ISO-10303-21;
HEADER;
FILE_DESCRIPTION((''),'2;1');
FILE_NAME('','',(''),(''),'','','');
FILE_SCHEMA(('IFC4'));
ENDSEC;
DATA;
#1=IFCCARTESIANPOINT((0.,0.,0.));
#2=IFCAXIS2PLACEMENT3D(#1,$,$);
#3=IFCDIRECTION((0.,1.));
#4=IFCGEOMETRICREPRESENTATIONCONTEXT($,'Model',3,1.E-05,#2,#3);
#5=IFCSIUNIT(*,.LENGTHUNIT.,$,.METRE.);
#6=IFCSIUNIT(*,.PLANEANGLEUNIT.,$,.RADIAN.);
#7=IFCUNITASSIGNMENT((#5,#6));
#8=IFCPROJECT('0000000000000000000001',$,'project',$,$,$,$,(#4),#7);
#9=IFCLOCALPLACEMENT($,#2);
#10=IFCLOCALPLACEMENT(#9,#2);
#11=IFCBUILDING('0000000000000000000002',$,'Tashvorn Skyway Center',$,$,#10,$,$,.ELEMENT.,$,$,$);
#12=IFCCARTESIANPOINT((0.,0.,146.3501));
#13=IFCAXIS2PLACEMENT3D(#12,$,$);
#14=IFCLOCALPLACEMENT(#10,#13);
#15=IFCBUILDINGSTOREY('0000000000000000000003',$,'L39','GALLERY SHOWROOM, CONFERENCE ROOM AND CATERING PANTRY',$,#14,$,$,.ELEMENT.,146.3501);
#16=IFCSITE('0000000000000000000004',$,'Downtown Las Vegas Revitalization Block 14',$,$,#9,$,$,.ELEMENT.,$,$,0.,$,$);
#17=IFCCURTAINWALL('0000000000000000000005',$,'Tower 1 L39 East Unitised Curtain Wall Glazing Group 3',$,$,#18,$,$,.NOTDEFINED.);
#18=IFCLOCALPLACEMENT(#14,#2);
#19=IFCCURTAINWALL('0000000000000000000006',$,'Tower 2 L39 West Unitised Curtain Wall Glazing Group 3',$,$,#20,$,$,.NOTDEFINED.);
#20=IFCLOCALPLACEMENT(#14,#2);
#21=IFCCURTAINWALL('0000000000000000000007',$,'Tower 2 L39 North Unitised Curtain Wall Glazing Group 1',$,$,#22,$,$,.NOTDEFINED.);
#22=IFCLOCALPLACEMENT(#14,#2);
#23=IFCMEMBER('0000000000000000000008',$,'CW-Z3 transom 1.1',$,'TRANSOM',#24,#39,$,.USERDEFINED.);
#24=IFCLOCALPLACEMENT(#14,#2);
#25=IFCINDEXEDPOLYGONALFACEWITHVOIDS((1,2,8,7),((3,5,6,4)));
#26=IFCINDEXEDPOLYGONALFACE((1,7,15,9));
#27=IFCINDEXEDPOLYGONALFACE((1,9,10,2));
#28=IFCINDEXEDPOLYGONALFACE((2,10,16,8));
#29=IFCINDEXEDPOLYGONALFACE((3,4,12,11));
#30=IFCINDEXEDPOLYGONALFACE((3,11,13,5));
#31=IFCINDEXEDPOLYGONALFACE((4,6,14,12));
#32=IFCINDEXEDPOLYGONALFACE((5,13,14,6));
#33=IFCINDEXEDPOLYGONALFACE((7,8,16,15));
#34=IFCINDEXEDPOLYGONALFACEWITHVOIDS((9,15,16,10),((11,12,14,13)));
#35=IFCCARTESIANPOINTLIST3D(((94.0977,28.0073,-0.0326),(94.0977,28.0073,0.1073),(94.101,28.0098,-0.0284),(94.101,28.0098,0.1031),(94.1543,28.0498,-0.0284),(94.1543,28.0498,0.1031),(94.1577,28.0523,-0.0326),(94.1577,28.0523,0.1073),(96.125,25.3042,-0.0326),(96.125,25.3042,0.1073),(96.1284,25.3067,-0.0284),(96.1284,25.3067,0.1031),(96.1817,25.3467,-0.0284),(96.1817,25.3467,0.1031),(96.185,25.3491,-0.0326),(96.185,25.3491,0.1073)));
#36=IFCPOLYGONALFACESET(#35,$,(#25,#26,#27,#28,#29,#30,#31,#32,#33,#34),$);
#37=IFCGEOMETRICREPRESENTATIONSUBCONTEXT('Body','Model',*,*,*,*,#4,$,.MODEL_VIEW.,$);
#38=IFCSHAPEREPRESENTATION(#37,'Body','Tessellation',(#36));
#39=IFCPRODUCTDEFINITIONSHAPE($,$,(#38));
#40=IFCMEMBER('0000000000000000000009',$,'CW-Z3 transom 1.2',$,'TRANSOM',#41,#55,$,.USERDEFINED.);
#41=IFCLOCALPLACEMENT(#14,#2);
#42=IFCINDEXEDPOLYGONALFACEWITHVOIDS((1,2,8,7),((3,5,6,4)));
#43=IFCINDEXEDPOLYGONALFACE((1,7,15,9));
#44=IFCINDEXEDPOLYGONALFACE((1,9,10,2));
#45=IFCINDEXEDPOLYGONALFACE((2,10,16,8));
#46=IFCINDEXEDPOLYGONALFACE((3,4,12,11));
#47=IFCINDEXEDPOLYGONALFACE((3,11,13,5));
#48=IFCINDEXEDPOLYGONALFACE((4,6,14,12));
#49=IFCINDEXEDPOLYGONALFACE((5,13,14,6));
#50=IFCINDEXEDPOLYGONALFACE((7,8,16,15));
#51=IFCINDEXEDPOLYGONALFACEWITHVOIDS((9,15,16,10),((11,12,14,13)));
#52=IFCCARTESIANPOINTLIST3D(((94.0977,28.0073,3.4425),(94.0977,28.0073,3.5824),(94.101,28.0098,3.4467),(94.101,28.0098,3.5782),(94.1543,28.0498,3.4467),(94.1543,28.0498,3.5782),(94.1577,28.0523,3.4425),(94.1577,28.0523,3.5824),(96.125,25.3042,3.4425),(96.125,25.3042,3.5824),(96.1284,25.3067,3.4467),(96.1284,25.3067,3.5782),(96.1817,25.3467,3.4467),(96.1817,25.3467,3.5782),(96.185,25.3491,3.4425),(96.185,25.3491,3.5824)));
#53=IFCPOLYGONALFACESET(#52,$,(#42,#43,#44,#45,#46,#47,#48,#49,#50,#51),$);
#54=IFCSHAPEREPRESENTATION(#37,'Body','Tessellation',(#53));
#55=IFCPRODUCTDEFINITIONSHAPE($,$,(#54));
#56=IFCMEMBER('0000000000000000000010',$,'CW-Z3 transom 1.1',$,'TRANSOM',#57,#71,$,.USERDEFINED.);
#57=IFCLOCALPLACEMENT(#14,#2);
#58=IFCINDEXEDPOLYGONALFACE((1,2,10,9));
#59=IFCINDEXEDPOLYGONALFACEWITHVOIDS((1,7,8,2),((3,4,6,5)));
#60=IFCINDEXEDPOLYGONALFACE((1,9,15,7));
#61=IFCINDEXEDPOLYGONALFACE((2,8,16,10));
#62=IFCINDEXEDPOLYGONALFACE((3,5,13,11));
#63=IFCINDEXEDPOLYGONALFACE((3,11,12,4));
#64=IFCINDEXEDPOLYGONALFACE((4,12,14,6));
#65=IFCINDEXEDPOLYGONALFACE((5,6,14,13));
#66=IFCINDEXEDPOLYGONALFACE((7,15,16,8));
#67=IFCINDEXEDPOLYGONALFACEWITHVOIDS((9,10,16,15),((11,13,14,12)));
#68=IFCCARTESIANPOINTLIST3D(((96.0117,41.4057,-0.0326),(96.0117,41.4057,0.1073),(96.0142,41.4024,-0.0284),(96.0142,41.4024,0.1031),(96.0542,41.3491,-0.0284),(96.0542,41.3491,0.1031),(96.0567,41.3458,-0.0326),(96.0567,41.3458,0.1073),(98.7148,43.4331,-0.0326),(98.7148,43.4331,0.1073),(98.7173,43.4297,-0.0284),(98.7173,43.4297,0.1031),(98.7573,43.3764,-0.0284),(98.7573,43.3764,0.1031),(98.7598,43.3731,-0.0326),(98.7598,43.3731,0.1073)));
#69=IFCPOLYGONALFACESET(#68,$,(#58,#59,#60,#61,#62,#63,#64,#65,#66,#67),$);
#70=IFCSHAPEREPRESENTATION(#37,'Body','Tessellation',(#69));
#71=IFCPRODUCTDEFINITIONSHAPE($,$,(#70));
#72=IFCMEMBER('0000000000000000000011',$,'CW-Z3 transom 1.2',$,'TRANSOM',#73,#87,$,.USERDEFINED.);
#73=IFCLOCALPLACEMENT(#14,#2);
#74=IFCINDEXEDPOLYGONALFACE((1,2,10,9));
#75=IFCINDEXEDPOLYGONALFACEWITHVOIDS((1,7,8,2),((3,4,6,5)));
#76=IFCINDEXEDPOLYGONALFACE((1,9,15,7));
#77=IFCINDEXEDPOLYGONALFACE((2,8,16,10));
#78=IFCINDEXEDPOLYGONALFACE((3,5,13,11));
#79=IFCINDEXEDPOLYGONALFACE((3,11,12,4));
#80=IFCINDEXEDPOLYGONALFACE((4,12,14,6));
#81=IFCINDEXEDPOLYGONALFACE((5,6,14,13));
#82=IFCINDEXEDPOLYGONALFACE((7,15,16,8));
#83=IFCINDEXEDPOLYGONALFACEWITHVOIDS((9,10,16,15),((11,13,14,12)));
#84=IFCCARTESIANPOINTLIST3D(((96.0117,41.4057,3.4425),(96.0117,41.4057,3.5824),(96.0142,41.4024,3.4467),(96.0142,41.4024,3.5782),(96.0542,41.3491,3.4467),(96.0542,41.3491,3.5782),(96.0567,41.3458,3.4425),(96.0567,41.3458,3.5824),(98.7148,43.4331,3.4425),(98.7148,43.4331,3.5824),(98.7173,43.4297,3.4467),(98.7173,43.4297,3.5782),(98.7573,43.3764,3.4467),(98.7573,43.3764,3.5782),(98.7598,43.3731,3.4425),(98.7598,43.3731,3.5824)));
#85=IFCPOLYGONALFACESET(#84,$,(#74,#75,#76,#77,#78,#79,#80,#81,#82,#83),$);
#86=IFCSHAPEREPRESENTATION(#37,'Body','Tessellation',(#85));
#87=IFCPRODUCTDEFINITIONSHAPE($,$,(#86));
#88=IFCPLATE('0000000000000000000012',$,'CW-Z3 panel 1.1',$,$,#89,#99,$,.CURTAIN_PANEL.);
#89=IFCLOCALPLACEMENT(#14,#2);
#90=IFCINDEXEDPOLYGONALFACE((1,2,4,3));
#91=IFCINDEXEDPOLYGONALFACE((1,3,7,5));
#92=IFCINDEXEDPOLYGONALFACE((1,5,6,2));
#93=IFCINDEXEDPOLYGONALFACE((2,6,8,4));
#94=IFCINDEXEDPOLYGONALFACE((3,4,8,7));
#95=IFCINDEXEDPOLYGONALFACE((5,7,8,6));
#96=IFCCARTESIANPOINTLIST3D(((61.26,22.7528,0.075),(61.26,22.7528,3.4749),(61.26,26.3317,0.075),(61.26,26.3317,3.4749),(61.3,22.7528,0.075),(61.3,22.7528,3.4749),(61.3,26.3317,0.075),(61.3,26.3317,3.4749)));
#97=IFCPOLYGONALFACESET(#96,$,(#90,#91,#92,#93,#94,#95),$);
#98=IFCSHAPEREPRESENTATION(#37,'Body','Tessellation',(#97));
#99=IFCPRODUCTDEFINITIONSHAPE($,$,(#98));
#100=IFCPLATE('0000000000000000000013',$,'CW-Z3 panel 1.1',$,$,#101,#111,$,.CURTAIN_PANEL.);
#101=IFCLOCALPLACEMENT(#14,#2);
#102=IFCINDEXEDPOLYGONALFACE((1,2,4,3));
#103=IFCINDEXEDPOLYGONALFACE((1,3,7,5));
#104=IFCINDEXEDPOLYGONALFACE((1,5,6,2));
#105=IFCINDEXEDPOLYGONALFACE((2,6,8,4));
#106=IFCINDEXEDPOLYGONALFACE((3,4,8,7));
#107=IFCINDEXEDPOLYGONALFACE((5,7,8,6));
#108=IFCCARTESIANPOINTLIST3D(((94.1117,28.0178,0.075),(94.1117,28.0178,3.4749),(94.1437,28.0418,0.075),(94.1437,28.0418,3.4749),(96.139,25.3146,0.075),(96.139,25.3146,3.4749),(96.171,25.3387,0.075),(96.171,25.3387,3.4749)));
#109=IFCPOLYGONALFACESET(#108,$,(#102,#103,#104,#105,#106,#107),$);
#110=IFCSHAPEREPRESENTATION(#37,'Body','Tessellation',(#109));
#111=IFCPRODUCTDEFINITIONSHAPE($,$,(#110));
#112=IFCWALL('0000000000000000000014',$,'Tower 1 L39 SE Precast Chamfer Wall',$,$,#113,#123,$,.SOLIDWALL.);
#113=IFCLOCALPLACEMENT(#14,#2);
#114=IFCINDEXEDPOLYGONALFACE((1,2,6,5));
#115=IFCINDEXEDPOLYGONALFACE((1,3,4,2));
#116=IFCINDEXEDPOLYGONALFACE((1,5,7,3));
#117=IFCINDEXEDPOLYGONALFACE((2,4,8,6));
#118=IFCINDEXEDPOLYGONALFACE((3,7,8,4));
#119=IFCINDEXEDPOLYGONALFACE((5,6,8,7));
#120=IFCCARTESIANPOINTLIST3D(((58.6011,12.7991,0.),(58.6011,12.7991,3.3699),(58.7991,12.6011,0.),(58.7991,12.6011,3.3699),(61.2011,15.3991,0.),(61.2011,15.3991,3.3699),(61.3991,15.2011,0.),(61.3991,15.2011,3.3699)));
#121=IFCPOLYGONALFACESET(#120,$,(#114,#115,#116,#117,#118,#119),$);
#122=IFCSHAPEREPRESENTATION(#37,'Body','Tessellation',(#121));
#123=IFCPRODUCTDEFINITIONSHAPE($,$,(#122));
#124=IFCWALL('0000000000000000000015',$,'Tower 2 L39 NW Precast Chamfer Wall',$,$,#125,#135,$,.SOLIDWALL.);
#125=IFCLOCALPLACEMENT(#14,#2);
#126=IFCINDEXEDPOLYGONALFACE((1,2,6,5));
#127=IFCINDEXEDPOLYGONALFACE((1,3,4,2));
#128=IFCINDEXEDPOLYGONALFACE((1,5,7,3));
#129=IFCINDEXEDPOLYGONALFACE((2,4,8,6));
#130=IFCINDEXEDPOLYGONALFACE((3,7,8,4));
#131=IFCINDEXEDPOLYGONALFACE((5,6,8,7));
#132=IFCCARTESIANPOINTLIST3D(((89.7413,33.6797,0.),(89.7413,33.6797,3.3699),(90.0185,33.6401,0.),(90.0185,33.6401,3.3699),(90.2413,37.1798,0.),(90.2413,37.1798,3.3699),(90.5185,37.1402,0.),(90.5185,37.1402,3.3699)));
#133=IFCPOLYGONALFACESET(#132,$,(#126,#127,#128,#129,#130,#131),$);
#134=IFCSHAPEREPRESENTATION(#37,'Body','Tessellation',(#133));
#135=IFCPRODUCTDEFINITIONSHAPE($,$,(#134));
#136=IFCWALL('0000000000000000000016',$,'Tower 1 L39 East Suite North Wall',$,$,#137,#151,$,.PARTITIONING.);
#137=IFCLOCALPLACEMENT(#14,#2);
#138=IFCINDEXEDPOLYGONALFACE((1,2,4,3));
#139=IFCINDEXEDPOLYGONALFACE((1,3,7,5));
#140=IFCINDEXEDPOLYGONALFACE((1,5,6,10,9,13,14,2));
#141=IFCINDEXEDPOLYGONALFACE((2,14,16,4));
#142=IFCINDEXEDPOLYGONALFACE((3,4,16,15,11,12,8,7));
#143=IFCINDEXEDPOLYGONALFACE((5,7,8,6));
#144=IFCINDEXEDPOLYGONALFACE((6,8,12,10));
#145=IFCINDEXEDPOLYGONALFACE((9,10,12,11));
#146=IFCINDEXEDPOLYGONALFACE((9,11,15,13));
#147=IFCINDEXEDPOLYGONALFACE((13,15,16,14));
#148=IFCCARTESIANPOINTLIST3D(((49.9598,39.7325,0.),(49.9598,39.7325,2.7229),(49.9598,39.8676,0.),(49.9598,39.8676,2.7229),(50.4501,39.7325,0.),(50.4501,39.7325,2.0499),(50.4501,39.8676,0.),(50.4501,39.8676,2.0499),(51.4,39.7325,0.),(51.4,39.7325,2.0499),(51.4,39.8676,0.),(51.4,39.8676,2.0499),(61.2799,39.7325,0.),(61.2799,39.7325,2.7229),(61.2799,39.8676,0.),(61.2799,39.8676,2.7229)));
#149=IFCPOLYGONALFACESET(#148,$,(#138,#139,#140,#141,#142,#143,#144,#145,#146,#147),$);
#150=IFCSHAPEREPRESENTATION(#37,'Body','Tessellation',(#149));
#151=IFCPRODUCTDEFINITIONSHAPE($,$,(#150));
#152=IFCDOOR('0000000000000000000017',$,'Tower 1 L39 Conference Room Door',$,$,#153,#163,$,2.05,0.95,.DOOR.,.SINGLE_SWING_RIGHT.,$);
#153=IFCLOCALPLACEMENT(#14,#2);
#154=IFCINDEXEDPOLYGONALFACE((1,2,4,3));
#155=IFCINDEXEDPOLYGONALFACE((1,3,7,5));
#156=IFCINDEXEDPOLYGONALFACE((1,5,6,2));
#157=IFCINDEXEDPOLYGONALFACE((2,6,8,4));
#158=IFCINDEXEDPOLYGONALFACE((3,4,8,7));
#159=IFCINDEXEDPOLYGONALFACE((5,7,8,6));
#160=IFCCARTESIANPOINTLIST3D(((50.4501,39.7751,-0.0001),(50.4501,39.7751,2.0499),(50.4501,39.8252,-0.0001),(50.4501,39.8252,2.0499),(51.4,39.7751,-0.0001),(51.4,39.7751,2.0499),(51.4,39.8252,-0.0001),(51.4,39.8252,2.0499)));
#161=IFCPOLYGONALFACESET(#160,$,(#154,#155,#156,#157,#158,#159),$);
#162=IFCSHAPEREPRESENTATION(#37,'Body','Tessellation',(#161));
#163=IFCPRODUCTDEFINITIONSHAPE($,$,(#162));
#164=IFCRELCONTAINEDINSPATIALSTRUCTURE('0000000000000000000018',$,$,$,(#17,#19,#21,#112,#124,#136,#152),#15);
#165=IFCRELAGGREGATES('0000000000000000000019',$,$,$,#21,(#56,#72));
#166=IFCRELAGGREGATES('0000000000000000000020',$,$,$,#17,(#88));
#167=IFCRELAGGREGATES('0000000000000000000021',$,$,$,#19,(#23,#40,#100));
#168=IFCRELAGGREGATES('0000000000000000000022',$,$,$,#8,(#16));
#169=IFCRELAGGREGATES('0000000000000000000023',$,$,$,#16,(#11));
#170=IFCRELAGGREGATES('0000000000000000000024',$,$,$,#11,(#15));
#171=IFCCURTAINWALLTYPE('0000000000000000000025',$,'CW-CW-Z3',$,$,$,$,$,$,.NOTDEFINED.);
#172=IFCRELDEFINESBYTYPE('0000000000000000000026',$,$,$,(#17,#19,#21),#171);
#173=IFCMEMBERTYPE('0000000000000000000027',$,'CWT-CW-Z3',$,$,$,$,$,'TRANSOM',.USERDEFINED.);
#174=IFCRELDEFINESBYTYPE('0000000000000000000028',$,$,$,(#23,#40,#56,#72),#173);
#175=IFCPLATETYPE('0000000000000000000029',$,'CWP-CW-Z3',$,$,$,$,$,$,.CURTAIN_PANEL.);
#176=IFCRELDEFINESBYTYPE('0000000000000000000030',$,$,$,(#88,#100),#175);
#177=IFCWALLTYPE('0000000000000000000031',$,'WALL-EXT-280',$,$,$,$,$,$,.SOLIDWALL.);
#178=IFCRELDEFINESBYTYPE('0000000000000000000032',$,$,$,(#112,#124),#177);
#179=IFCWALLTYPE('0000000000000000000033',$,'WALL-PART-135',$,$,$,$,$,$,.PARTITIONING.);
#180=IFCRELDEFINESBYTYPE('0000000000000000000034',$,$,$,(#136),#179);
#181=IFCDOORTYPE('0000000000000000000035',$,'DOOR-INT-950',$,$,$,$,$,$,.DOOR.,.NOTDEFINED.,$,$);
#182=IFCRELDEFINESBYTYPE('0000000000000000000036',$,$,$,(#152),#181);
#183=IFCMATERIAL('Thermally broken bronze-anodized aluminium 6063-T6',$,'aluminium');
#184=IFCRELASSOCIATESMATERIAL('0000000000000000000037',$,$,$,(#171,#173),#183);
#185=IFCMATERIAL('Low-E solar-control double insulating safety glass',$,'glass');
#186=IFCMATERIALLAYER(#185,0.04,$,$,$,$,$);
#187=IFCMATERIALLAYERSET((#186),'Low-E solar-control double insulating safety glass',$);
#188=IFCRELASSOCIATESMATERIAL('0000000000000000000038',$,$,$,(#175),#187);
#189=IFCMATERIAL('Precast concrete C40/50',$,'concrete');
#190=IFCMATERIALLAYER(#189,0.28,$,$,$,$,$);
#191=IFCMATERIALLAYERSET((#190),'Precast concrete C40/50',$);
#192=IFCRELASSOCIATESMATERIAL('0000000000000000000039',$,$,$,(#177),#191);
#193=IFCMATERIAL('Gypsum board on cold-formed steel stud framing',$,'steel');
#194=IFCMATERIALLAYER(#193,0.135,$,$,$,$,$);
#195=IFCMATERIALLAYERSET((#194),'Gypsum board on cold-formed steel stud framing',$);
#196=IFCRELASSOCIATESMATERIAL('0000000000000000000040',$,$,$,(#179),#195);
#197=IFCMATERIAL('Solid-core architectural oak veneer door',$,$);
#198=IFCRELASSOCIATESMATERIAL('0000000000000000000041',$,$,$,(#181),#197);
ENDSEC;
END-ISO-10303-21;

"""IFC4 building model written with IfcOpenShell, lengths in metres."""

from ifc_helpers import new_model, si_unit, direction, frame, frame_2d, origin, origin_2d, place, context, subcontext, project, spatial, rectangle, hollow_rectangle, extrude, material, layer, layer_set, material_profile, profile_set, type_object, element, fill, aggregate, save


model = new_model("IFC4")

# Units and contexts
model_context = context("Model", 3, precision=1e-05, world=origin(), true_north=direction((0.0, 1.0)))
body_context = subcontext(model_context, "Body", "Model", "MODEL_VIEW")
ifc_project = project(units=[si_unit("LENGTHUNIT", "METRE"), si_unit("PLANEANGLEUNIT", "RADIAN")], contexts=[model_context])

# Site, building, storey
site_placement = place(None, origin())
site = spatial("IfcSite", under=ifc_project, at=site_placement, Name="Downtown Las Vegas Revitalization Block 14", CompositionType="ELEMENT", RefElevation=0.0)
building_placement = place(site_placement, origin())
building = spatial("IfcBuilding", under=site, at=building_placement, Name="Tashvorn Skyway Center", CompositionType="ELEMENT")
storey_placement = place(building_placement, frame((0.0, 0.0, 146.3501)))
storey = spatial("IfcBuildingStorey", under=building, at=storey_placement, Name="L39", Description="GALLERY SHOWROOM, CONFERENCE ROOM AND CATERING PANTRY", CompositionType="ELEMENT", Elevation=146.3501)

# Curtain walls
ifc_material_1 = material(Name="Thermally broken bronze-anodized aluminium 6063-T6", Category="aluminium")
curtain_wall_type = type_object("IfcCurtainWallType", Name="CW-CW-Z3", PredefinedType="NOTDEFINED", material=ifc_material_1)
curtain_wall_1_placement = place(storey_placement, origin())
curtain_wall_1 = element("IfcCurtainWall", 1, at=curtain_wall_1_placement, inside=storey, type_object=curtain_wall_type, Name="Tower 1 L39 East Unitised Curtain Wall Glazing Group 3", PredefinedType="NOTDEFINED")
curtain_wall_2_placement = place(storey_placement, origin())
curtain_wall_2 = element("IfcCurtainWall", 2, at=curtain_wall_2_placement, inside=storey, type_object=curtain_wall_type, Name="Tower 2 L39 West Unitised Curtain Wall Glazing Group 3", PredefinedType="NOTDEFINED")

# Curtain wall
curtain_wall_3_placement = place(storey_placement, origin())
curtain_wall_3 = element("IfcCurtainWall", 3, at=curtain_wall_3_placement, inside=storey, type_object=curtain_wall_type, Name="Tower 2 L39 North Unitised Curtain Wall Glazing Group 1", PredefinedType="NOTDEFINED")

# Members
ifc_material_profile_1 = material_profile(ifc_material_1, hollow_rectangle(XDim=0.075, YDim=0.1399, WallThickness=0.0042, at=origin_2d()), Name="ALU-TRAN-75x140")
ifc_profile_set_1 = profile_set([ifc_material_profile_1], Name="Thermally broken bronze-anodized aluminium 6063-T6")
member_type_1 = type_object("IfcMemberType", Name="CWT-CW-Z3", ElementType="TRANSOM", PredefinedType="USERDEFINED", material=ifc_profile_set_1)
member_1_placement = place(storey_placement, frame((96.155, 25.3267, 0.0374), z_axis=(-0.6, 0.8, 0.0), x_axis=(-0.8, -0.6, 0.0)))
member_1 = element("IfcMember", 4, at=member_1_placement, type_object=member_type_1, Name="CW-Z3 transom 1.1", ObjectType="TRANSOM", PredefinedType="USERDEFINED", context=body_context, shape_type="SweptSolid", body=[
    extrude(hollow_rectangle(XDim=0.075, YDim=0.1399, WallThickness=0.0042, at=origin_2d()), origin(), (0.0, 0.0, 1.0), 3.3789),
])
member_2_placement = place(storey_placement, frame((96.155, 25.3267, 3.5125), z_axis=(-0.6, 0.8, 0.0), x_axis=(-0.8, -0.6, 0.0)))
member_2 = element("IfcMember", 5, at=member_2_placement, type_object=member_type_1, Name="CW-Z3 transom 1.2", ObjectType="TRANSOM", PredefinedType="USERDEFINED", context=body_context, shape_type="SweptSolid", body=[
    extrude(hollow_rectangle(XDim=0.075, YDim=0.1399, WallThickness=0.0042, at=origin_2d()), origin(), (0.0, 0.0, 1.0), 3.3789),
])
member_3_placement = place(storey_placement, frame((96.0342, 41.3757, 0.0374), z_axis=(0.8, 0.6, 0.0), x_axis=(-0.6, 0.8, 0.0)))
member_3 = element("IfcMember", 6, at=member_3_placement, type_object=member_type_1, Name="CW-Z3 transom 1.1", ObjectType="TRANSOM", PredefinedType="USERDEFINED", context=body_context, shape_type="SweptSolid", body=[
    extrude(hollow_rectangle(XDim=0.075, YDim=0.1399, WallThickness=0.0042, at=origin_2d()), origin(), (0.0, 0.0, 1.0), 3.3789),
])
member_4_placement = place(storey_placement, frame((96.0342, 41.3757, 3.5125), z_axis=(0.8, 0.6, 0.0), x_axis=(-0.6, 0.8, 0.0)))
member_4 = element("IfcMember", 7, at=member_4_placement, type_object=member_type_1, Name="CW-Z3 transom 1.2", ObjectType="TRANSOM", PredefinedType="USERDEFINED", context=body_context, shape_type="SweptSolid", body=[
    extrude(hollow_rectangle(XDim=0.075, YDim=0.1399, WallThickness=0.0042, at=origin_2d()), origin(), (0.0, 0.0, 1.0), 3.3789),
])
aggregate(curtain_wall_3, [member_3, member_4])

# Plates
ifc_material_2 = material(Name="Low-E solar-control double insulating safety glass", Category="glass")
ifc_layer_1 = layer(ifc_material_2, 0.04)
ifc_layer_set_1 = layer_set([ifc_layer_1], Name="Low-E solar-control double insulating safety glass")
plate_type = type_object("IfcPlateType", Name="CWP-CW-Z3", PredefinedType="CURTAIN_PANEL", material=ifc_layer_set_1)
plate_1_placement = place(storey_placement, frame((61.28, 24.5422, 0.075), z_axis=(0.0, 0.0, 1.0), x_axis=(0.0, -1.0, 0.0)))
plate_1 = element("IfcPlate", 8, at=plate_1_placement, type_object=plate_type, Name="CW-Z3 panel 1.1", PredefinedType="CURTAIN_PANEL", context=body_context, shape_type="SweptSolid", body=[
    extrude(rectangle(XDim=3.5789, YDim=0.04, at=origin_2d()), origin(), (0.0, 0.0, 1.0), 3.3999),
])
aggregate(curtain_wall_1, [plate_1])
plate_2_placement = place(storey_placement, frame((95.1414, 26.6782, 0.075), z_axis=(0.0, 0.0, 1.0), x_axis=(-0.599995, 0.800003, 0.0)))
plate_2 = element("IfcPlate", 9, at=plate_2_placement, type_object=plate_type, Name="CW-Z3 panel 1.1", PredefinedType="CURTAIN_PANEL", context=body_context, shape_type="SweptSolid", body=[
    extrude(rectangle(XDim=3.3789, YDim=0.04, at=origin_2d()), origin(), (0.0, 0.0, 1.0), 3.3999),
])
aggregate(curtain_wall_2, [member_1, member_2, plate_2])

# Walls
ifc_material_3 = material(Name="Precast concrete C40/50", Category="concrete")
ifc_layer_2 = layer(ifc_material_3, 0.28)
ifc_layer_set_2 = layer_set([ifc_layer_2], Name="Precast concrete C40/50")
wall_type_1 = type_object("IfcWallType", Name="WALL-EXT-280", PredefinedType="SOLIDWALL", material=ifc_layer_set_2)
wall_1_placement = place(storey_placement, frame((61.3, 15.3, 0.0), z_axis=(0.0, 0.0, 1.0), x_axis=(-0.707107, -0.707107, 0.0)))
element("IfcWall", 10, at=wall_1_placement, inside=storey, type_object=wall_type_1, Name="Tower 1 L39 SE Precast Chamfer Wall", PredefinedType="SOLIDWALL", context=body_context, shape_type="SweptSolid", body=[
    extrude(rectangle(XDim=3.677, YDim=0.28, at=frame_2d((1.8384, 0.0))), origin(), (0.0, 0.0, 1.0), 3.3699),
])
wall_2_placement = place(storey_placement, frame((89.8799, 33.6599, 0.0), z_axis=(0.0, 0.0, 1.0), x_axis=(0.141421, 0.989949, 0.0)))
element("IfcWall", 11, at=wall_2_placement, inside=storey, type_object=wall_type_1, Name="Tower 2 L39 NW Precast Chamfer Wall", PredefinedType="SOLIDWALL", context=body_context, shape_type="SweptSolid", body=[
    extrude(rectangle(XDim=3.5356, YDim=0.28, at=frame_2d((1.7678, 0.0))), origin(), (0.0, 0.0, 1.0), 3.3699),
])

# Wall, opening, door
ifc_material_4 = material(Name="Gypsum board on cold-formed steel stud framing", Category="steel")
ifc_layer_3 = layer(ifc_material_4, 0.135)
ifc_layer_set_3 = layer_set([ifc_layer_3], Name="Gypsum board on cold-formed steel stud framing")
wall_type_2 = type_object("IfcWallType", Name="WALL-PART-135", PredefinedType="PARTITIONING", material=ifc_layer_set_3)
wall_3_placement = place(storey_placement, frame((61.28, 39.8, 0.0), z_axis=(0.0, 0.0, 1.0), x_axis=(-1.0, 0.0, 0.0)))
wall_3 = element("IfcWall", 12, at=wall_3_placement, inside=storey, type_object=wall_type_2, Name="Tower 1 L39 East Suite North Wall", PredefinedType="PARTITIONING", context=body_context, shape_type="SweptSolid", body=[
    extrude(rectangle(XDim=11.3201, YDim=0.135, at=frame_2d((5.6602, 0.0))), origin(), (0.0, 0.0, 1.0), 2.7229),
])
opening_1_placement = place(wall_3_placement, frame((9.8799, 0.0, 0.0)))
opening_1 = element("IfcOpeningElement", 13, at=opening_1_placement, cuts=wall_3, PredefinedType="OPENING", context=body_context, shape_type="SweptSolid", body=[
    extrude(rectangle(XDim=0.95, YDim=2.05, at=frame_2d((0.4751, 1.0249))), frame((0.0, 0.0774, 0.0), z_axis=(0.0, -1.0, 0.0), x_axis=(1.0, 0.0, 0.0)), (0.0, 0.0, 1.0), 0.155),
])
ifc_material_5 = material(Name="Solid-core architectural oak veneer door")
door_type = type_object("IfcDoorType", Name="DOOR-INT-950", OperationType="NOTDEFINED", PredefinedType="DOOR", material=ifc_material_5)
door_1_placement = place(opening_1_placement, origin())
door_1 = element("IfcDoor", 14, at=door_1_placement, inside=storey, type_object=door_type, Name="Tower 1 L39 Conference Room Door", OperationType="SINGLE_SWING_RIGHT", OverallHeight=2.05, OverallWidth=0.95, PredefinedType="DOOR", context=body_context, shape_type="SweptSolid", body=[
    extrude(rectangle(XDim=0.95, YDim=2.05, at=frame_2d((0.4751, 1.0249))), frame((0.0, 0.0249, 0.0), z_axis=(0.0, -1.0, 0.0), x_axis=(1.0, 0.0, 0.0)), (0.0, 0.0, 1.0), 0.05),
])
fill(opening_1, door_1)

save(model, "model.ifc")
